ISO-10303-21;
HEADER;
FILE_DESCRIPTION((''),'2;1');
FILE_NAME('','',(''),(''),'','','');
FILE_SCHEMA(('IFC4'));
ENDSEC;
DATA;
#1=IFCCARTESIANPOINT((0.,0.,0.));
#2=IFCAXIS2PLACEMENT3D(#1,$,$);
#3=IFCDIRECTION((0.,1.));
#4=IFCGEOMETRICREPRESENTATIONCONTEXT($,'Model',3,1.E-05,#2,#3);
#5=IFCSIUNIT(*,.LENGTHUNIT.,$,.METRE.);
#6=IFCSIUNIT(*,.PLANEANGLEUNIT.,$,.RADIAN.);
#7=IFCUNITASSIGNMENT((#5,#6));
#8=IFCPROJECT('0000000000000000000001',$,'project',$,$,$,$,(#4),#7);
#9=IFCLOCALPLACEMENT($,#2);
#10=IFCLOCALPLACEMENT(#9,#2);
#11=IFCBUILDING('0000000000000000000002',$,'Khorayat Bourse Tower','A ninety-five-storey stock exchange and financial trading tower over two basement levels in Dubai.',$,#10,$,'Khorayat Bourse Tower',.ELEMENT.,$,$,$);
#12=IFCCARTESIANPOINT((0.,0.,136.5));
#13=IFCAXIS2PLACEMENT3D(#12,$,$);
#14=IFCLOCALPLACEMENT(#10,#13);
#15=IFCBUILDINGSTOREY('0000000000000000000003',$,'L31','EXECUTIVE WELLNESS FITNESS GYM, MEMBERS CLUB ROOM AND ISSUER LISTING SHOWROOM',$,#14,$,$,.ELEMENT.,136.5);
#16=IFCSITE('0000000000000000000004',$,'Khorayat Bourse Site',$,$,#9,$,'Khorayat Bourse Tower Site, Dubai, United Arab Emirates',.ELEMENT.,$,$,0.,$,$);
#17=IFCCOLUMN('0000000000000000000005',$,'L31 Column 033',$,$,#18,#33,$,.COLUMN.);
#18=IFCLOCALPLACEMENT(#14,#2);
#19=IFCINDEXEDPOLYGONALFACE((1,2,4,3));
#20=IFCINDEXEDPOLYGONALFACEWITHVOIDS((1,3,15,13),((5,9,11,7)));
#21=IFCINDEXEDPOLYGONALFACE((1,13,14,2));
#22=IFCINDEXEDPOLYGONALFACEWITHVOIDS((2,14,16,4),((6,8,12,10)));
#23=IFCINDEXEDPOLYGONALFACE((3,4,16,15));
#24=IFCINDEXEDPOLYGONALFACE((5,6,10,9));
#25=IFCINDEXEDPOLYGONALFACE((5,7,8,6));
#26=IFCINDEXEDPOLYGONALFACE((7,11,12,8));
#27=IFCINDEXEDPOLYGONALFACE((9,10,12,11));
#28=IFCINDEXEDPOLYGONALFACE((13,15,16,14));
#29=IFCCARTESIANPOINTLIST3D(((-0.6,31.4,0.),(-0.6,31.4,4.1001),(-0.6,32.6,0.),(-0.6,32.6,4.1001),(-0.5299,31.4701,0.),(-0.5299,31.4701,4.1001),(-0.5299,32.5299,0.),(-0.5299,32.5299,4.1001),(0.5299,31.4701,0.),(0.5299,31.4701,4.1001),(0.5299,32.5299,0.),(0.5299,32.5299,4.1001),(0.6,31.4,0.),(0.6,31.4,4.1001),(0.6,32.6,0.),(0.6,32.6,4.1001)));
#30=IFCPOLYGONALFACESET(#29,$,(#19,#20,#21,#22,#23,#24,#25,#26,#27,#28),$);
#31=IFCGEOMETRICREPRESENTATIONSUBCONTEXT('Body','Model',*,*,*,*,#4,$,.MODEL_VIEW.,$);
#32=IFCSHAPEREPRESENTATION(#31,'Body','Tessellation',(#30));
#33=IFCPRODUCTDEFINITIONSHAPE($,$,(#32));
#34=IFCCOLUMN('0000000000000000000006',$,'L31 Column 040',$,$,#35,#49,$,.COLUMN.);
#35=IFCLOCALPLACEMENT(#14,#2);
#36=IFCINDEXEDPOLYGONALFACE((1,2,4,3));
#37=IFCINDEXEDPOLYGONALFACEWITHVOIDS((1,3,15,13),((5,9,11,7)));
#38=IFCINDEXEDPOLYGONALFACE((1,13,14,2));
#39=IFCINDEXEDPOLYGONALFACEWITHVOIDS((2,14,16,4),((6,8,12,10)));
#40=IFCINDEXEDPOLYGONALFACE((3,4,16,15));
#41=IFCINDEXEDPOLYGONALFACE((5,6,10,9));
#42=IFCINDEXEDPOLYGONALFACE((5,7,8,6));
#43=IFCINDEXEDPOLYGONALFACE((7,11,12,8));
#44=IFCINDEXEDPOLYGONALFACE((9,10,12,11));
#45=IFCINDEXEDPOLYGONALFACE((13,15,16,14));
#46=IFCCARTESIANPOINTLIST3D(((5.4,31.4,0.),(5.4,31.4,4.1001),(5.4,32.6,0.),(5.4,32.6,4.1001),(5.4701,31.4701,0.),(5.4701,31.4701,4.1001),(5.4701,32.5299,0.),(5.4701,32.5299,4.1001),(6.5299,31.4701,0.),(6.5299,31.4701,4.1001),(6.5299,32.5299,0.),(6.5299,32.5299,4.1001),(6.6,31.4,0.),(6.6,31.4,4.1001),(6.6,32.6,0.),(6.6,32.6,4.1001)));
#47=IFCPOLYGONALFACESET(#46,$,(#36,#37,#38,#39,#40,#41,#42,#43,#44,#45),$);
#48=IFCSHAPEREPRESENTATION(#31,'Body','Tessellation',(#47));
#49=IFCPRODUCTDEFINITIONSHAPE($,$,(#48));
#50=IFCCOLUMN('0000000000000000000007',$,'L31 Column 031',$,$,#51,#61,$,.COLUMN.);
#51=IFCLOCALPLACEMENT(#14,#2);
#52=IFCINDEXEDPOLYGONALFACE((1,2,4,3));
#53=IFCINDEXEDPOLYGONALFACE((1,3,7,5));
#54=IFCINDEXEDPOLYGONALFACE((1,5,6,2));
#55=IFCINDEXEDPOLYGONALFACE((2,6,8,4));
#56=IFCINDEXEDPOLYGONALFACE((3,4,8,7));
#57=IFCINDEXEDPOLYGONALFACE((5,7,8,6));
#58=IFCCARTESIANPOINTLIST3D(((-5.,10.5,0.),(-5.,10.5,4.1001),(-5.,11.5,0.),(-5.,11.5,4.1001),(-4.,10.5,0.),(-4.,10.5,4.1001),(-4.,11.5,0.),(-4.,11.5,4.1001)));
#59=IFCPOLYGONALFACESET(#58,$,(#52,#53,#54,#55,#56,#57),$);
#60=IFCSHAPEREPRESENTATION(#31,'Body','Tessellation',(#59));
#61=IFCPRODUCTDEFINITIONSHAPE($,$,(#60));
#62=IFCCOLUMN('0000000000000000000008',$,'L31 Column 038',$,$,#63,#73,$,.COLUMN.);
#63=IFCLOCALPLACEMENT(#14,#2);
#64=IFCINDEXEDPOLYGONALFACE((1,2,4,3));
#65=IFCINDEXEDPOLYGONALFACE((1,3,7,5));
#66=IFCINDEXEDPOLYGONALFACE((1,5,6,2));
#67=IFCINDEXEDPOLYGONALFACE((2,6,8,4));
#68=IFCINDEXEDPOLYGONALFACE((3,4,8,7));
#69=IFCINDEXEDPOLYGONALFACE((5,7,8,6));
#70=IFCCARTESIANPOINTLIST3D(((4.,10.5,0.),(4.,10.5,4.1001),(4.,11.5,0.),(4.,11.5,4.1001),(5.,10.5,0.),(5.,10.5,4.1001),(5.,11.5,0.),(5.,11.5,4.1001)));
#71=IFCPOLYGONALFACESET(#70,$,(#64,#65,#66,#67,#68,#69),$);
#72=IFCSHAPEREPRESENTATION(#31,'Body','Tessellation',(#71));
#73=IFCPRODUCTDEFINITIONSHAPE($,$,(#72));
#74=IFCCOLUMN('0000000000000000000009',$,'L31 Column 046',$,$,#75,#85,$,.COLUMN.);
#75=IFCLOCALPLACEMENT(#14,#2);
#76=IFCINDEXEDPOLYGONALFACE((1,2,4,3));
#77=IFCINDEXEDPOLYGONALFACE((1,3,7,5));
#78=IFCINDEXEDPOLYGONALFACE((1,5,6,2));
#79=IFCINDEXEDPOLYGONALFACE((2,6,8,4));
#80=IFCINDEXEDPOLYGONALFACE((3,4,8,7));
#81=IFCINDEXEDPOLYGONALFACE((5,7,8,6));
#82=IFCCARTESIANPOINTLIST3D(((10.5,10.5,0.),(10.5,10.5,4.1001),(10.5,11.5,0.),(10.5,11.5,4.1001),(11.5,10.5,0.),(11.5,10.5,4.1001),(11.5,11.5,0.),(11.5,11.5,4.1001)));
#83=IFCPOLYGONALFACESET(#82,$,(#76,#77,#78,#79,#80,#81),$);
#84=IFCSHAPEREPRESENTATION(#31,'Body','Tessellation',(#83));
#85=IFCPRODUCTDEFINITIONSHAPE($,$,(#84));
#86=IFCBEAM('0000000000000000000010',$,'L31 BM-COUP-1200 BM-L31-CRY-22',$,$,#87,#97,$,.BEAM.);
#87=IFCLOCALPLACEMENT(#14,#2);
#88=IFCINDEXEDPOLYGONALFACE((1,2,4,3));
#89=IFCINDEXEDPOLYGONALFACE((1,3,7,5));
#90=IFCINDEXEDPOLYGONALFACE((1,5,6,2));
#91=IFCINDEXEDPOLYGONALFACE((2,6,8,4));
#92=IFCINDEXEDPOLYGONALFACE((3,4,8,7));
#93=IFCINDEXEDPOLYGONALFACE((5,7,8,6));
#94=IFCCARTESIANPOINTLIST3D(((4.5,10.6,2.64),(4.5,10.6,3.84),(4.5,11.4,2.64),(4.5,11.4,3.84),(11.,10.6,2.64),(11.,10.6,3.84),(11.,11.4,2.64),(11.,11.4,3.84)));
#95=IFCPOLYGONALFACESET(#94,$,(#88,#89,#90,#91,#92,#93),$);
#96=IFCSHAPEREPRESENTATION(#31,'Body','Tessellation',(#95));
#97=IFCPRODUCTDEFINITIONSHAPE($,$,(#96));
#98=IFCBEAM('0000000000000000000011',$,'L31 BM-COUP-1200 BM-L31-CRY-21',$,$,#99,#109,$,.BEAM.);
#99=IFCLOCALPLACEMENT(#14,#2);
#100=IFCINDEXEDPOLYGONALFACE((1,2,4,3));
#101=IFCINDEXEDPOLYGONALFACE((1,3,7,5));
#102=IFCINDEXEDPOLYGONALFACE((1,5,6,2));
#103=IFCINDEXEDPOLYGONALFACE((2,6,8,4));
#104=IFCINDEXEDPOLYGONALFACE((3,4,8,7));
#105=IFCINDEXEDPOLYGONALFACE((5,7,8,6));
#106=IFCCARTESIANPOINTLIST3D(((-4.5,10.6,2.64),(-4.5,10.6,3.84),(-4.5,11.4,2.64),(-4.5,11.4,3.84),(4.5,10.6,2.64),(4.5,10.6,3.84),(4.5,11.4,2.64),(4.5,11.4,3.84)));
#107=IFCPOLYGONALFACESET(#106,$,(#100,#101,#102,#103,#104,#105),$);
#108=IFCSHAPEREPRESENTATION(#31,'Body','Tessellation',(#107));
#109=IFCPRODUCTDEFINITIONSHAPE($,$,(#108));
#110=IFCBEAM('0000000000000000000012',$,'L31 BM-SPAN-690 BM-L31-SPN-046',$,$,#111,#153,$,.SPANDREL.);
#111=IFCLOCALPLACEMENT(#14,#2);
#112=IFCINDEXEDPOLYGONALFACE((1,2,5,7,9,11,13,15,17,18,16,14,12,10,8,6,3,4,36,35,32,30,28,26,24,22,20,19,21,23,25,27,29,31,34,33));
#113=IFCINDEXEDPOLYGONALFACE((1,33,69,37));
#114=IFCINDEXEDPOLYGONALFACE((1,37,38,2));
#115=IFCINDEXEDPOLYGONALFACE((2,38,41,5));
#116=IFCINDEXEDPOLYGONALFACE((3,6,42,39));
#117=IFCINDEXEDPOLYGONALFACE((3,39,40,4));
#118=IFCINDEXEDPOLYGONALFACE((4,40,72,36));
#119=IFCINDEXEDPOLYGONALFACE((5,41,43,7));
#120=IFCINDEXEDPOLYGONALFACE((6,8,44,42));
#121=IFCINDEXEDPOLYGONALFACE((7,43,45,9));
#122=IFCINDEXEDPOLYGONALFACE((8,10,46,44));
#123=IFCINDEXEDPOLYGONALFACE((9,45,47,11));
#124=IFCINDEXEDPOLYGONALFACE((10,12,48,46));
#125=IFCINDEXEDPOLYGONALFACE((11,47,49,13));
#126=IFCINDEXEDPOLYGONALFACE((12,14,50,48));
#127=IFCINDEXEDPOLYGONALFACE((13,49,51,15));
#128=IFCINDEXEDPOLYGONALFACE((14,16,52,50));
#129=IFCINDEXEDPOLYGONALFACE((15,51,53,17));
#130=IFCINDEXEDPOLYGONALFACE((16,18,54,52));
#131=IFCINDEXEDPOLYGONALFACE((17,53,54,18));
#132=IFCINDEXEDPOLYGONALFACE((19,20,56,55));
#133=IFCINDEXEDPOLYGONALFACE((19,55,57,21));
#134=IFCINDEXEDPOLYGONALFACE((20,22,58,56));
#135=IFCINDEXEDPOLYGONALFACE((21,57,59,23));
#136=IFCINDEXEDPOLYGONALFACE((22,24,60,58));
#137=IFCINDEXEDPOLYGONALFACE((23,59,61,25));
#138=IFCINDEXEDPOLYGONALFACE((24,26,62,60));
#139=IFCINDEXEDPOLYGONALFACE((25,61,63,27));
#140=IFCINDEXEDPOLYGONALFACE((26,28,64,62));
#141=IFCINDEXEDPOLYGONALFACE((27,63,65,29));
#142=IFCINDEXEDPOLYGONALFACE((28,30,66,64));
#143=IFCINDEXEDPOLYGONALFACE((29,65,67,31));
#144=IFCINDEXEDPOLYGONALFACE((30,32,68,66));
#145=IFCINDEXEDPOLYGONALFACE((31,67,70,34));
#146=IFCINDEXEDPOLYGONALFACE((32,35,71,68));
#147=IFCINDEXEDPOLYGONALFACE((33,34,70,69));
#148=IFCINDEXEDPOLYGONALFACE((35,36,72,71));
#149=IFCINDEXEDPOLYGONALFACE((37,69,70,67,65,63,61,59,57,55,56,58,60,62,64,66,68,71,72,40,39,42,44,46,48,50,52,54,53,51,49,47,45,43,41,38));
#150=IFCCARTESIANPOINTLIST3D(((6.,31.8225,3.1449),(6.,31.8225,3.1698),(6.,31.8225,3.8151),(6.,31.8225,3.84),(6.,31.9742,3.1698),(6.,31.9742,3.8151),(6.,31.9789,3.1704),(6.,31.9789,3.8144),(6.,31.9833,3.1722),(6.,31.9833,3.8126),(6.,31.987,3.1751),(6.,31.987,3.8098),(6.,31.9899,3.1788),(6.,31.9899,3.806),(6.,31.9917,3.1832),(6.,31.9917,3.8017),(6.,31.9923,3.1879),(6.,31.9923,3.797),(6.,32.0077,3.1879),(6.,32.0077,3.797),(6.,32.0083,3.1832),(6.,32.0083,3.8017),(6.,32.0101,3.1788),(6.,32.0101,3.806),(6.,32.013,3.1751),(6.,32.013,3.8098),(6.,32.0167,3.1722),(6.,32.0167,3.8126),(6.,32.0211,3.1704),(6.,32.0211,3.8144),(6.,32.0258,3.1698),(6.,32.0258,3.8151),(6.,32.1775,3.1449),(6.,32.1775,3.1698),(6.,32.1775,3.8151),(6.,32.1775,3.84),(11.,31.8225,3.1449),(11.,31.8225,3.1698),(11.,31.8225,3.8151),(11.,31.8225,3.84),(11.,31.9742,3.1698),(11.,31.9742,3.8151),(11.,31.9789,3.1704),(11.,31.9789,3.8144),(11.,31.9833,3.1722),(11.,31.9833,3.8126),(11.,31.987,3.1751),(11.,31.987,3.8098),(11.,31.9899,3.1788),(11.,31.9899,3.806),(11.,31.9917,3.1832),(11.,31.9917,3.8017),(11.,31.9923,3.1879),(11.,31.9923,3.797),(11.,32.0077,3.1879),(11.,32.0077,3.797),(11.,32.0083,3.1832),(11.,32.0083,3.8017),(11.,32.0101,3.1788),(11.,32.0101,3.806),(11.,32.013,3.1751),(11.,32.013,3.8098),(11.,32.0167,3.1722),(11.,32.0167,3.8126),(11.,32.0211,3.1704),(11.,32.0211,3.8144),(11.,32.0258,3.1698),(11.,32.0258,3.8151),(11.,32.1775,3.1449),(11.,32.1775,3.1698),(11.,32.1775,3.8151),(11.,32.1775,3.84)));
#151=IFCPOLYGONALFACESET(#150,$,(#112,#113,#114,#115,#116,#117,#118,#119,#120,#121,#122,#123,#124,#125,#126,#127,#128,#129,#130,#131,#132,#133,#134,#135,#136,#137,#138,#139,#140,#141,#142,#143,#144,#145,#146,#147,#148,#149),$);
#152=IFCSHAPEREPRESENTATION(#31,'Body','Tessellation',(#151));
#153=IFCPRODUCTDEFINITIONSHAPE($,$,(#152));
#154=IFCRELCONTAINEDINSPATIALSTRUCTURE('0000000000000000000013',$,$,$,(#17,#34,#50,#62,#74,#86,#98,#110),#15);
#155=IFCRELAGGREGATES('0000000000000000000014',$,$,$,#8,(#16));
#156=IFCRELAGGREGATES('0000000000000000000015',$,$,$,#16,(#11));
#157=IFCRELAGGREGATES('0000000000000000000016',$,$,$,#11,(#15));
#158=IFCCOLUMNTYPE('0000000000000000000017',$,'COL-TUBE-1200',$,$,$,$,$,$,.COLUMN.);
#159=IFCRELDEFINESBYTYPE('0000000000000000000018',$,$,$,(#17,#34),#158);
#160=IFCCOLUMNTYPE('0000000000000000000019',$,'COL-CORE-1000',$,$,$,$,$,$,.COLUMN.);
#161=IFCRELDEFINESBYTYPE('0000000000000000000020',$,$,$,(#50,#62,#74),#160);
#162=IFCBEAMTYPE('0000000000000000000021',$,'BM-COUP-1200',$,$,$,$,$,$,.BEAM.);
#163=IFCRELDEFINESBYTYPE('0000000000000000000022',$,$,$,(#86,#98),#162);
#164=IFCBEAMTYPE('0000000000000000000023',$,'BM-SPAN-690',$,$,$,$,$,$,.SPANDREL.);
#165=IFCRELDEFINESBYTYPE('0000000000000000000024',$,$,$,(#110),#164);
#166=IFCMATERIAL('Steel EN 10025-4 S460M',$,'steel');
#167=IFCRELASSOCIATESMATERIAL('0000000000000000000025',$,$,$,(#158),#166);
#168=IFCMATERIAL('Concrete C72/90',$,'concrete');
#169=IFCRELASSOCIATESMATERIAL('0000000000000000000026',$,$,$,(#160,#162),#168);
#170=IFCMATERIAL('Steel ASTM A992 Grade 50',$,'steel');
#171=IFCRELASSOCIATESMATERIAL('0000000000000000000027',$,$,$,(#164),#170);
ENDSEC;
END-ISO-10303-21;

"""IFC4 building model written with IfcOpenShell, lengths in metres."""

from ifc_helpers import new_model, si_unit, direction, frame, origin, origin_2d, place, context, subcontext, project, spatial, rectangle, hollow_rectangle, i_section, extrude, source, transform, mapped, material, material_profile, profile_set, type_object, element, save


model = new_model("IFC4")

# Units and contexts
model_context = context("Model", 3, precision=1e-05, world=origin(), true_north=direction((0.0, 1.0)))
body_context = subcontext(model_context, "Body", "Model", "MODEL_VIEW")
ifc_project = project(units=[si_unit("LENGTHUNIT", "METRE"), si_unit("PLANEANGLEUNIT", "RADIAN")], contexts=[model_context])

# Site, building, storey
site_placement = place(None, origin())
site = spatial("IfcSite", under=ifc_project, at=site_placement, Name="Khorayat Bourse Site", LongName="Khorayat Bourse Tower Site, Dubai, United Arab Emirates", CompositionType="ELEMENT", RefElevation=0.0)
building_placement = place(site_placement, origin())
building = spatial("IfcBuilding", under=site, at=building_placement, Name="Khorayat Bourse Tower", Description="A ninety-five-storey stock exchange and financial trading tower over two basement levels in Dubai.", LongName="Khorayat Bourse Tower", CompositionType="ELEMENT")
storey_placement = place(building_placement, frame((0.0, 0.0, 136.5)))
storey = spatial("IfcBuildingStorey", under=building, at=storey_placement, Name="L31", Description="EXECUTIVE WELLNESS FITNESS GYM, MEMBERS CLUB ROOM AND ISSUER LISTING SHOWROOM", CompositionType="ELEMENT", Elevation=136.5)

# Columns
ifc_material_1 = material(Name="Steel EN 10025-4 S460M", Category="steel")
ifc_material_profile_1 = material_profile(ifc_material_1, hollow_rectangle(XDim=1.2, YDim=1.2, WallThickness=0.0701, at=origin_2d()), Name="BOX 1200x1200x70")
ifc_profile_set_1 = profile_set([ifc_material_profile_1], Name="Steel EN 10025-4 S460M")
column_type_1 = type_object("IfcColumnType", Name="COL-TUBE-1200", PredefinedType="COLUMN", material=ifc_profile_set_1)
shared_shape_1 = source(origin(), body_context, "Body", "SweptSolid", [
    extrude(hollow_rectangle(XDim=1.2, YDim=1.2, WallThickness=0.0701, at=origin_2d()), origin(), (0.0, 0.0, 1.0), 4.1001),
])
for number, where, z_axis, x_axis, name in (
    (1, (0.0, 32.0, 0.0), (0.0, 0.0, 1.0), (1.0, 0.0, 0.0), "L31 Column 033"),
    (2, (6.0, 32.0, 0.0), (0.0, 0.0, 1.0), (1.0, 0.0, 0.0), "L31 Column 040"),
):
    element("IfcColumn", number, at=place(storey_placement, frame(where, z_axis=z_axis, x_axis=x_axis)), inside=storey, type_object=column_type_1, Name=name, PredefinedType="COLUMN", context=body_context, shape_type="MappedRepresentation", body=[
        mapped(shared_shape_1, transform((0.0, 0.0, 0.0), scale=1.0)),
    ])
ifc_material_2 = material(Name="Concrete C72/90", Category="concrete")
ifc_material_profile_2 = material_profile(ifc_material_2, rectangle(XDim=1.0, YDim=1.0, at=origin_2d()), Name="RC 1000x1000")
ifc_profile_set_2 = profile_set([ifc_material_profile_2], Name="Concrete C72/90")
column_type_2 = type_object("IfcColumnType", Name="COL-CORE-1000", PredefinedType="COLUMN", material=ifc_profile_set_2)
shared_shape_2 = source(origin(), body_context, "Body", "SweptSolid", [
    extrude(rectangle(XDim=1.0, YDim=1.0, at=origin_2d()), origin(), (0.0, 0.0, 1.0), 4.1001),
])
for number, where, z_axis, x_axis, name in (
    (3, (-4.5, 11.0, 0.0), (0.0, 0.0, 1.0), (1.0, 0.0, 0.0), "L31 Column 031"),
    (4, (4.5, 11.0, 0.0), (0.0, 0.0, 1.0), (1.0, 0.0, 0.0), "L31 Column 038"),
    (5, (11.0, 11.0, 0.0), (0.0, 0.0, 1.0), (1.0, 0.0, 0.0), "L31 Column 046"),
):
    element("IfcColumn", number, at=place(storey_placement, frame(where, z_axis=z_axis, x_axis=x_axis)), inside=storey, type_object=column_type_2, Name=name, PredefinedType="COLUMN", context=body_context, shape_type="MappedRepresentation", body=[
        mapped(shared_shape_2, transform((0.0, 0.0, 0.0), scale=1.0)),
    ])

# Beams
ifc_material_profile_3 = material_profile(ifc_material_2, rectangle(XDim=0.8, YDim=1.2, at=origin_2d()), Name="RC 800x1200")
ifc_profile_set_3 = profile_set([ifc_material_profile_3], Name="Concrete C72/90")
beam_type_1 = type_object("IfcBeamType", Name="BM-COUP-1200", PredefinedType="BEAM", material=ifc_profile_set_3)
shared_shape_3 = source(origin(), body_context, "Body", "SweptSolid", [
    extrude(rectangle(XDim=0.8, YDim=1.2, at=origin_2d()), origin(), (0.0, 0.0, 1.0), 6.5),
])
beam_1_placement = place(storey_placement, frame((4.5, 11.0, 3.24), z_axis=(1.0, 0.0, 0.0), x_axis=(0.0, 1.0, 0.0)))
element("IfcBeam", 6, at=beam_1_placement, inside=storey, type_object=beam_type_1, Name="L31 BM-COUP-1200 BM-L31-CRY-22", PredefinedType="BEAM", context=body_context, shape_type="MappedRepresentation", body=[
    mapped(shared_shape_3, transform((0.0, 0.0, 0.0), scale=1.0)),
])
shared_shape_4 = source(origin(), body_context, "Body", "SweptSolid", [
    extrude(rectangle(XDim=0.8, YDim=1.2, at=origin_2d()), origin(), (0.0, 0.0, 1.0), 9.0),
])
beam_2_placement = place(storey_placement, frame((-4.5, 11.0, 3.24), z_axis=(1.0, 0.0, 0.0), x_axis=(0.0, 1.0, 0.0)))
element("IfcBeam", 7, at=beam_2_placement, inside=storey, type_object=beam_type_1, Name="L31 BM-COUP-1200 BM-L31-CRY-21", PredefinedType="BEAM", context=body_context, shape_type="MappedRepresentation", body=[
    mapped(shared_shape_4, transform((0.0, 0.0, 0.0), scale=1.0)),
])
ifc_material_3 = material(Name="Steel ASTM A992 Grade 50", Category="steel")
ifc_material_profile_4 = material_profile(ifc_material_3, i_section(OverallWidth=0.355, OverallDepth=0.6951, WebThickness=0.0154, FlangeThickness=0.0249, FilletRadius=0.0181, at=origin_2d()), Name="W690X217")
ifc_profile_set_4 = profile_set([ifc_material_profile_4], Name="Steel ASTM A992 Grade 50")
beam_type_2 = type_object("IfcBeamType", Name="BM-SPAN-690", PredefinedType="SPANDREL", material=ifc_profile_set_4)
shared_shape_5 = source(origin(), body_context, "Body", "SweptSolid", [
    extrude(i_section(OverallWidth=0.355, OverallDepth=0.6951, WebThickness=0.0154, FlangeThickness=0.0249, FilletRadius=0.0181, at=origin_2d()), origin(), (0.0, 0.0, 1.0), 5.0),
])
beam_3_placement = place(storey_placement, frame((6.0, 32.0, 3.4924), z_axis=(1.0, 0.0, 0.0), x_axis=(0.0, 1.0, 0.0)))
element("IfcBeam", 8, at=beam_3_placement, inside=storey, type_object=beam_type_2, Name="L31 BM-SPAN-690 BM-L31-SPN-046", PredefinedType="SPANDREL", context=body_context, shape_type="MappedRepresentation", body=[
    mapped(shared_shape_5, transform((0.0, 0.0, 0.0), scale=1.0)),
])

save(model, "model.ifc")
